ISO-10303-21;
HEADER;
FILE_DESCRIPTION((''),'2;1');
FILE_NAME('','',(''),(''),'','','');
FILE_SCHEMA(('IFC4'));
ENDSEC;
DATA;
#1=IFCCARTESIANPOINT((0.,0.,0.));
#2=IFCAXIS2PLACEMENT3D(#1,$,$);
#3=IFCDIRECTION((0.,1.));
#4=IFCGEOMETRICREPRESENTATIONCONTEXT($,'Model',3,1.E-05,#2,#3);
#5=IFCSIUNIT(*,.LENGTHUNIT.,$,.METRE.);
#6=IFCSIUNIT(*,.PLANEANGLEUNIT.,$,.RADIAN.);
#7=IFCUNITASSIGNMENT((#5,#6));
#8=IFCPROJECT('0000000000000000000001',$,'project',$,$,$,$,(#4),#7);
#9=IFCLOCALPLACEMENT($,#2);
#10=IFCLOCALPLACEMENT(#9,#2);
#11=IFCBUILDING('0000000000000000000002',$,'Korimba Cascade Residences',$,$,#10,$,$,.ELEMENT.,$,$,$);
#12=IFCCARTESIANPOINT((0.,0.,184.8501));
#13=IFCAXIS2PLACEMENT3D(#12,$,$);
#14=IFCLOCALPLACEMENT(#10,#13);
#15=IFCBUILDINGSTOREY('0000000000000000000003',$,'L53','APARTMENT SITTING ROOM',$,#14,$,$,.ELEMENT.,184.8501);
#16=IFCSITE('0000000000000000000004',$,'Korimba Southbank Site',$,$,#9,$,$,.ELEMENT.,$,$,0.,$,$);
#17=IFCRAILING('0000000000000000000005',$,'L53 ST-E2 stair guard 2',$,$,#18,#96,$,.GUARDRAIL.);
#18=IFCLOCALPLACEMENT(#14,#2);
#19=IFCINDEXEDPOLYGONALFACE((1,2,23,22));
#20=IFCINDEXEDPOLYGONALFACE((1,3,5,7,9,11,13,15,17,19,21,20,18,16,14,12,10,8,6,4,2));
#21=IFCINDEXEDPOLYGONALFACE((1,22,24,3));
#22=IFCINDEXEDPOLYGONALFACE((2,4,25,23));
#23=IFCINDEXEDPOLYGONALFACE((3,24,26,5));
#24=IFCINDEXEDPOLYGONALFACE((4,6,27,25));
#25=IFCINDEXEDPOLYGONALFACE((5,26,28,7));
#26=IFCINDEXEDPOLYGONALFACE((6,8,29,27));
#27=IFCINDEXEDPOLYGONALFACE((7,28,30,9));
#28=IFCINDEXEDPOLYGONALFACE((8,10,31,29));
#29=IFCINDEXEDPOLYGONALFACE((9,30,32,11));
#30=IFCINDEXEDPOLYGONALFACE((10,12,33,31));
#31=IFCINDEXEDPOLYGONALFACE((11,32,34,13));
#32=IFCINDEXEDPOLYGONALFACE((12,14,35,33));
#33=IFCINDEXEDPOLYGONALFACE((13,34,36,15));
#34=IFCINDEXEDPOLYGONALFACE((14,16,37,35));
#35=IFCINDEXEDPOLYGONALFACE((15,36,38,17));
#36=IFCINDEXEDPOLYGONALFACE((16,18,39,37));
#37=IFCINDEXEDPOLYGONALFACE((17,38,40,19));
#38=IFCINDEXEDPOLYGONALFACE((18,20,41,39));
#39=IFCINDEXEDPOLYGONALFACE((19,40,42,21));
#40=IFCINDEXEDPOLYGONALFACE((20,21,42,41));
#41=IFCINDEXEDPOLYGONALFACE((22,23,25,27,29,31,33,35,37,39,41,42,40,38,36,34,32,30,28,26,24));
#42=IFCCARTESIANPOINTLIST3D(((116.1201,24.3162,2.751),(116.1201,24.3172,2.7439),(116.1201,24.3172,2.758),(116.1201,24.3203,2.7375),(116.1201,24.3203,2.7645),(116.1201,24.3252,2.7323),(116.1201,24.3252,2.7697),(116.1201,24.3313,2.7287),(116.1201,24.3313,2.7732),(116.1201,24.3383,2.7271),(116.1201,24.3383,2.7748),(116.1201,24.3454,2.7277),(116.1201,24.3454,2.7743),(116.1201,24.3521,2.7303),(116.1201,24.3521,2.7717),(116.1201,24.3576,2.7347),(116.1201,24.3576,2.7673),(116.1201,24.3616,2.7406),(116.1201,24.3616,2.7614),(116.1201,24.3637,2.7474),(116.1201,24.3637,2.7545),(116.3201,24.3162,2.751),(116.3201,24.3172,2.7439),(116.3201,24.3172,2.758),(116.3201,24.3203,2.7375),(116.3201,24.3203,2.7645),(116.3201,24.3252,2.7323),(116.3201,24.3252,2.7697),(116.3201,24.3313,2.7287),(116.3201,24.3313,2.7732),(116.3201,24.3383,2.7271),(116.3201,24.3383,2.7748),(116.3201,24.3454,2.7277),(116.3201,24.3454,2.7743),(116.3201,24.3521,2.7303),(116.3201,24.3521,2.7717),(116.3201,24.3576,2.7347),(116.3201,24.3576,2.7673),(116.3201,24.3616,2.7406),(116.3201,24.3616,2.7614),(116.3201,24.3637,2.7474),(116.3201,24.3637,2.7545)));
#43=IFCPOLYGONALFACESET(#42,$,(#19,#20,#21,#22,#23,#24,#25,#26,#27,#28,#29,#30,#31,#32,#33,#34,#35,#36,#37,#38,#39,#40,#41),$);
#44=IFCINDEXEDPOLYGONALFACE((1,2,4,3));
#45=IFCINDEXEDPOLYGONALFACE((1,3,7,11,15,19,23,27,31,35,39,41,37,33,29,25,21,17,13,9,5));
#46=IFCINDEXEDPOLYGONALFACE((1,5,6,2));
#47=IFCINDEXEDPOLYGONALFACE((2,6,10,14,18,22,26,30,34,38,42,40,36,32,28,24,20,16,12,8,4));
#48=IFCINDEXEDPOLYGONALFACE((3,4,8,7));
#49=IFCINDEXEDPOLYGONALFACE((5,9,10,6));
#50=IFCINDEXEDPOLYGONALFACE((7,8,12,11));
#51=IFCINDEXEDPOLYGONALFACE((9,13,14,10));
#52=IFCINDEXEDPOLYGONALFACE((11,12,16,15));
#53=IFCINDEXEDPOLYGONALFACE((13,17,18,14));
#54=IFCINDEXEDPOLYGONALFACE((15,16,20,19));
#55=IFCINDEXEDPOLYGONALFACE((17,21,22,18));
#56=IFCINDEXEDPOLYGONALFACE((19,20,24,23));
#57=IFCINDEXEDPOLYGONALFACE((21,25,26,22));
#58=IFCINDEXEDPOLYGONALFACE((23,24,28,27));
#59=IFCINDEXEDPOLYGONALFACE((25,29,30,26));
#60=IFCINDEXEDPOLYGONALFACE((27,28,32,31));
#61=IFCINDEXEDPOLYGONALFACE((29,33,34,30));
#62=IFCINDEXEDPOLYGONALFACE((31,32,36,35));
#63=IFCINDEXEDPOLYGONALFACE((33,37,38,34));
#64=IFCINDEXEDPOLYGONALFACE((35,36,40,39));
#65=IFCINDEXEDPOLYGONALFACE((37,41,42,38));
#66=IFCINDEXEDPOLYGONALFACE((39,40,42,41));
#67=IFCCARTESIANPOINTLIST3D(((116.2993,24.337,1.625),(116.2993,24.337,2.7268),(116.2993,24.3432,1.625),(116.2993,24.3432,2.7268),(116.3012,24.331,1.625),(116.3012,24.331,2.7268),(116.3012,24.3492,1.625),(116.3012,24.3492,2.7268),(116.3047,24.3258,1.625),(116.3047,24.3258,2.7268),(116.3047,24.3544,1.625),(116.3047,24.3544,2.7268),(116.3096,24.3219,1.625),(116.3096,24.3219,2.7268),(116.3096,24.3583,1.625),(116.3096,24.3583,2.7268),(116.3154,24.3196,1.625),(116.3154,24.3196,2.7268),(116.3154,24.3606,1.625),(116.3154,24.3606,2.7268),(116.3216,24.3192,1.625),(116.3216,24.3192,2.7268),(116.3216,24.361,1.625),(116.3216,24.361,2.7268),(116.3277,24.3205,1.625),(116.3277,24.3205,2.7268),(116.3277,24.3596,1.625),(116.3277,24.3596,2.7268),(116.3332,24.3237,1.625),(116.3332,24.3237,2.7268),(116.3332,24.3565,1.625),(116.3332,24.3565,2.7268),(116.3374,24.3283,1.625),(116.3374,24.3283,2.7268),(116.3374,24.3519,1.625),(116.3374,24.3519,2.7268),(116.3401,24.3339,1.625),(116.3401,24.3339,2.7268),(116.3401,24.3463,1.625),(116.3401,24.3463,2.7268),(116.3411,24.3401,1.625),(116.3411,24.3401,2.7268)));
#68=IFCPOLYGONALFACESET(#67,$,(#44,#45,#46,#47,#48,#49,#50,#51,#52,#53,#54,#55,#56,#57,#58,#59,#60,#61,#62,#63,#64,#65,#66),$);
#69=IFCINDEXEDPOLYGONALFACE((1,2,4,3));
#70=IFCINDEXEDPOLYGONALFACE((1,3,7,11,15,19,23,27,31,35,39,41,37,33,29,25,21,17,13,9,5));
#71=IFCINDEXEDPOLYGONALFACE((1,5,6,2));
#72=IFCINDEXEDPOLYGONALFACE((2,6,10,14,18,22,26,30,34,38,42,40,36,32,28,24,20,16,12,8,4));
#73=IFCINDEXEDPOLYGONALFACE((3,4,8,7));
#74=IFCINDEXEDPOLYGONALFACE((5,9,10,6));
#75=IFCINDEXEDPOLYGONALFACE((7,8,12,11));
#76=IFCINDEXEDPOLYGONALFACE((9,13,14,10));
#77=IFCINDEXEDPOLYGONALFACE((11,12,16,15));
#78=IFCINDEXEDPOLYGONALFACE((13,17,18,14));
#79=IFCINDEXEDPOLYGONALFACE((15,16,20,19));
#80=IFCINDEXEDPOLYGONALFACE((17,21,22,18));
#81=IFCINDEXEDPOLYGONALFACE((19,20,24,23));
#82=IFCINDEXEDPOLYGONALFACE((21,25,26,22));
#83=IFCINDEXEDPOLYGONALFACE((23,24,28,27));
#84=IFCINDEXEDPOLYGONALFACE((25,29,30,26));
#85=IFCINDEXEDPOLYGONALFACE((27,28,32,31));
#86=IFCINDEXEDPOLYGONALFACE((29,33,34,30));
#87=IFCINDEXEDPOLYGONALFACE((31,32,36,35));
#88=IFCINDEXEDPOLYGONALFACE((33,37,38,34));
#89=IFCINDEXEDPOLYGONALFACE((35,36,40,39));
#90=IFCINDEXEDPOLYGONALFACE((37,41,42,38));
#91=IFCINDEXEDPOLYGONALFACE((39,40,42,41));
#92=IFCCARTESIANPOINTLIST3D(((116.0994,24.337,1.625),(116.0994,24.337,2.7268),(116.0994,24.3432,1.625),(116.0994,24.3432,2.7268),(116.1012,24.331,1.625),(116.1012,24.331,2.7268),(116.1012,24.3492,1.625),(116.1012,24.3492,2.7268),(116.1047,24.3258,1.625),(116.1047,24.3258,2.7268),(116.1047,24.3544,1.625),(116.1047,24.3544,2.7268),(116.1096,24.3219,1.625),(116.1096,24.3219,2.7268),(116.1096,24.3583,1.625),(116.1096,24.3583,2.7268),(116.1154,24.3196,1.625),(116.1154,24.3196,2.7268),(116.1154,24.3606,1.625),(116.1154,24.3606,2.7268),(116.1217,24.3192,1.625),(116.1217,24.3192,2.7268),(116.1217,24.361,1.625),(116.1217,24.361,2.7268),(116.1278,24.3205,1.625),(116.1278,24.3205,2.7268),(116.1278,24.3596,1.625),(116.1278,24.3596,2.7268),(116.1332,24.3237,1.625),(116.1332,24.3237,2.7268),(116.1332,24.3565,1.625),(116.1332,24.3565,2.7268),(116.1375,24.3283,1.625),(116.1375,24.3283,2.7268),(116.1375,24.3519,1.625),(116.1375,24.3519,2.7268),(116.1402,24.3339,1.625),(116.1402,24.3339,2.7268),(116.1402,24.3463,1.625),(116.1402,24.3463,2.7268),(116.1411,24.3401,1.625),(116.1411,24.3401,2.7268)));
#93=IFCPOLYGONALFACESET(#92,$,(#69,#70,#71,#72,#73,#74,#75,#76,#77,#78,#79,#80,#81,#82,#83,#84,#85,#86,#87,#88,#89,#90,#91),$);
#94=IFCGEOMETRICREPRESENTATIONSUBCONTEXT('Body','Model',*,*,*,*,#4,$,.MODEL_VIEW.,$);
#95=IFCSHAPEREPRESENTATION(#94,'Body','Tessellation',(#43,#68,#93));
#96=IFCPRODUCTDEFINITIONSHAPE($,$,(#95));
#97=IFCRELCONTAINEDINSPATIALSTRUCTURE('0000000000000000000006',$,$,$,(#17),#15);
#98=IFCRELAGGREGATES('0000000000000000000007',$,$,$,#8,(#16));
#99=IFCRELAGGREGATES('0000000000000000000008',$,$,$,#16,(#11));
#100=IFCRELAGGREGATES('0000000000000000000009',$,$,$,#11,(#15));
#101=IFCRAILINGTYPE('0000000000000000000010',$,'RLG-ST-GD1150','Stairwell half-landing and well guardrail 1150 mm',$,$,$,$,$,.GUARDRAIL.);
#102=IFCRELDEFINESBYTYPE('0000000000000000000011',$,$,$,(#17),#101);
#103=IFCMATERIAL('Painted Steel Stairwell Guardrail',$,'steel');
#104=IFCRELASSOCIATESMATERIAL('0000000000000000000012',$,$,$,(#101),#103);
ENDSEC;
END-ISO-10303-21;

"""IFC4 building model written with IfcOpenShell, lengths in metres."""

from ifc_helpers import new_model, si_unit, direction, frame, origin, origin_2d, place, context, subcontext, project, spatial, circle, extrude, material, type_object, element, save


model = new_model("IFC4")

# Units and contexts
model_context = context("Model", 3, precision=1e-05, world=origin(), true_north=direction((0.0, 1.0)))
body_context = subcontext(model_context, "Body", "Model", "MODEL_VIEW")
ifc_project = project(units=[si_unit("LENGTHUNIT", "METRE"), si_unit("PLANEANGLEUNIT", "RADIAN")], contexts=[model_context])

# Site, building, storey
site_placement = place(None, origin())
site = spatial("IfcSite", under=ifc_project, at=site_placement, Name="Korimba Southbank Site", CompositionType="ELEMENT", RefElevation=0.0)
building_placement = place(site_placement, origin())
building = spatial("IfcBuilding", under=site, at=building_placement, Name="Korimba Cascade Residences", CompositionType="ELEMENT")
storey_placement = place(building_placement, frame((0.0, 0.0, 184.8501)))
storey = spatial("IfcBuildingStorey", under=building, at=storey_placement, Name="L53", Description="APARTMENT SITTING ROOM", CompositionType="ELEMENT", Elevation=184.8501)

# Railing
ifc_material_1 = material(Name="Painted Steel Stairwell Guardrail", Category="steel")
railing_type_1 = type_object("IfcRailingType", Name="RLG-ST-GD1150", Description="Stairwell half-landing and well guardrail 1150 mm", PredefinedType="GUARDRAIL", material=ifc_material_1)
railing_1_placement = place(storey_placement, frame((116.3201, 24.3401, 1.625)))
element("IfcRailing", 1, at=railing_1_placement, inside=storey, type_object=railing_type_1, Name="L53 ST-E2 stair guard 2", PredefinedType="GUARDRAIL", context=body_context, shape_type="SweptSolid", body=[
    extrude(circle(Radius=0.0239, at=origin_2d()), frame((0.0, 0.0, 1.126), z_axis=(-1.0, 0.0, 0.0), x_axis=(0.0, -1.0, 0.0)), (0.0, 0.0, 1.0), 0.2),
    extrude(circle(Radius=0.021, at=origin_2d()), origin(), (0.0, 0.0, 1.0), 1.1018),
    extrude(circle(Radius=0.021, at=origin_2d()), frame((-0.2, 0.0, 0.0)), (0.0, 0.0, 1.0), 1.1018),
])

save(model, "model.ifc")
